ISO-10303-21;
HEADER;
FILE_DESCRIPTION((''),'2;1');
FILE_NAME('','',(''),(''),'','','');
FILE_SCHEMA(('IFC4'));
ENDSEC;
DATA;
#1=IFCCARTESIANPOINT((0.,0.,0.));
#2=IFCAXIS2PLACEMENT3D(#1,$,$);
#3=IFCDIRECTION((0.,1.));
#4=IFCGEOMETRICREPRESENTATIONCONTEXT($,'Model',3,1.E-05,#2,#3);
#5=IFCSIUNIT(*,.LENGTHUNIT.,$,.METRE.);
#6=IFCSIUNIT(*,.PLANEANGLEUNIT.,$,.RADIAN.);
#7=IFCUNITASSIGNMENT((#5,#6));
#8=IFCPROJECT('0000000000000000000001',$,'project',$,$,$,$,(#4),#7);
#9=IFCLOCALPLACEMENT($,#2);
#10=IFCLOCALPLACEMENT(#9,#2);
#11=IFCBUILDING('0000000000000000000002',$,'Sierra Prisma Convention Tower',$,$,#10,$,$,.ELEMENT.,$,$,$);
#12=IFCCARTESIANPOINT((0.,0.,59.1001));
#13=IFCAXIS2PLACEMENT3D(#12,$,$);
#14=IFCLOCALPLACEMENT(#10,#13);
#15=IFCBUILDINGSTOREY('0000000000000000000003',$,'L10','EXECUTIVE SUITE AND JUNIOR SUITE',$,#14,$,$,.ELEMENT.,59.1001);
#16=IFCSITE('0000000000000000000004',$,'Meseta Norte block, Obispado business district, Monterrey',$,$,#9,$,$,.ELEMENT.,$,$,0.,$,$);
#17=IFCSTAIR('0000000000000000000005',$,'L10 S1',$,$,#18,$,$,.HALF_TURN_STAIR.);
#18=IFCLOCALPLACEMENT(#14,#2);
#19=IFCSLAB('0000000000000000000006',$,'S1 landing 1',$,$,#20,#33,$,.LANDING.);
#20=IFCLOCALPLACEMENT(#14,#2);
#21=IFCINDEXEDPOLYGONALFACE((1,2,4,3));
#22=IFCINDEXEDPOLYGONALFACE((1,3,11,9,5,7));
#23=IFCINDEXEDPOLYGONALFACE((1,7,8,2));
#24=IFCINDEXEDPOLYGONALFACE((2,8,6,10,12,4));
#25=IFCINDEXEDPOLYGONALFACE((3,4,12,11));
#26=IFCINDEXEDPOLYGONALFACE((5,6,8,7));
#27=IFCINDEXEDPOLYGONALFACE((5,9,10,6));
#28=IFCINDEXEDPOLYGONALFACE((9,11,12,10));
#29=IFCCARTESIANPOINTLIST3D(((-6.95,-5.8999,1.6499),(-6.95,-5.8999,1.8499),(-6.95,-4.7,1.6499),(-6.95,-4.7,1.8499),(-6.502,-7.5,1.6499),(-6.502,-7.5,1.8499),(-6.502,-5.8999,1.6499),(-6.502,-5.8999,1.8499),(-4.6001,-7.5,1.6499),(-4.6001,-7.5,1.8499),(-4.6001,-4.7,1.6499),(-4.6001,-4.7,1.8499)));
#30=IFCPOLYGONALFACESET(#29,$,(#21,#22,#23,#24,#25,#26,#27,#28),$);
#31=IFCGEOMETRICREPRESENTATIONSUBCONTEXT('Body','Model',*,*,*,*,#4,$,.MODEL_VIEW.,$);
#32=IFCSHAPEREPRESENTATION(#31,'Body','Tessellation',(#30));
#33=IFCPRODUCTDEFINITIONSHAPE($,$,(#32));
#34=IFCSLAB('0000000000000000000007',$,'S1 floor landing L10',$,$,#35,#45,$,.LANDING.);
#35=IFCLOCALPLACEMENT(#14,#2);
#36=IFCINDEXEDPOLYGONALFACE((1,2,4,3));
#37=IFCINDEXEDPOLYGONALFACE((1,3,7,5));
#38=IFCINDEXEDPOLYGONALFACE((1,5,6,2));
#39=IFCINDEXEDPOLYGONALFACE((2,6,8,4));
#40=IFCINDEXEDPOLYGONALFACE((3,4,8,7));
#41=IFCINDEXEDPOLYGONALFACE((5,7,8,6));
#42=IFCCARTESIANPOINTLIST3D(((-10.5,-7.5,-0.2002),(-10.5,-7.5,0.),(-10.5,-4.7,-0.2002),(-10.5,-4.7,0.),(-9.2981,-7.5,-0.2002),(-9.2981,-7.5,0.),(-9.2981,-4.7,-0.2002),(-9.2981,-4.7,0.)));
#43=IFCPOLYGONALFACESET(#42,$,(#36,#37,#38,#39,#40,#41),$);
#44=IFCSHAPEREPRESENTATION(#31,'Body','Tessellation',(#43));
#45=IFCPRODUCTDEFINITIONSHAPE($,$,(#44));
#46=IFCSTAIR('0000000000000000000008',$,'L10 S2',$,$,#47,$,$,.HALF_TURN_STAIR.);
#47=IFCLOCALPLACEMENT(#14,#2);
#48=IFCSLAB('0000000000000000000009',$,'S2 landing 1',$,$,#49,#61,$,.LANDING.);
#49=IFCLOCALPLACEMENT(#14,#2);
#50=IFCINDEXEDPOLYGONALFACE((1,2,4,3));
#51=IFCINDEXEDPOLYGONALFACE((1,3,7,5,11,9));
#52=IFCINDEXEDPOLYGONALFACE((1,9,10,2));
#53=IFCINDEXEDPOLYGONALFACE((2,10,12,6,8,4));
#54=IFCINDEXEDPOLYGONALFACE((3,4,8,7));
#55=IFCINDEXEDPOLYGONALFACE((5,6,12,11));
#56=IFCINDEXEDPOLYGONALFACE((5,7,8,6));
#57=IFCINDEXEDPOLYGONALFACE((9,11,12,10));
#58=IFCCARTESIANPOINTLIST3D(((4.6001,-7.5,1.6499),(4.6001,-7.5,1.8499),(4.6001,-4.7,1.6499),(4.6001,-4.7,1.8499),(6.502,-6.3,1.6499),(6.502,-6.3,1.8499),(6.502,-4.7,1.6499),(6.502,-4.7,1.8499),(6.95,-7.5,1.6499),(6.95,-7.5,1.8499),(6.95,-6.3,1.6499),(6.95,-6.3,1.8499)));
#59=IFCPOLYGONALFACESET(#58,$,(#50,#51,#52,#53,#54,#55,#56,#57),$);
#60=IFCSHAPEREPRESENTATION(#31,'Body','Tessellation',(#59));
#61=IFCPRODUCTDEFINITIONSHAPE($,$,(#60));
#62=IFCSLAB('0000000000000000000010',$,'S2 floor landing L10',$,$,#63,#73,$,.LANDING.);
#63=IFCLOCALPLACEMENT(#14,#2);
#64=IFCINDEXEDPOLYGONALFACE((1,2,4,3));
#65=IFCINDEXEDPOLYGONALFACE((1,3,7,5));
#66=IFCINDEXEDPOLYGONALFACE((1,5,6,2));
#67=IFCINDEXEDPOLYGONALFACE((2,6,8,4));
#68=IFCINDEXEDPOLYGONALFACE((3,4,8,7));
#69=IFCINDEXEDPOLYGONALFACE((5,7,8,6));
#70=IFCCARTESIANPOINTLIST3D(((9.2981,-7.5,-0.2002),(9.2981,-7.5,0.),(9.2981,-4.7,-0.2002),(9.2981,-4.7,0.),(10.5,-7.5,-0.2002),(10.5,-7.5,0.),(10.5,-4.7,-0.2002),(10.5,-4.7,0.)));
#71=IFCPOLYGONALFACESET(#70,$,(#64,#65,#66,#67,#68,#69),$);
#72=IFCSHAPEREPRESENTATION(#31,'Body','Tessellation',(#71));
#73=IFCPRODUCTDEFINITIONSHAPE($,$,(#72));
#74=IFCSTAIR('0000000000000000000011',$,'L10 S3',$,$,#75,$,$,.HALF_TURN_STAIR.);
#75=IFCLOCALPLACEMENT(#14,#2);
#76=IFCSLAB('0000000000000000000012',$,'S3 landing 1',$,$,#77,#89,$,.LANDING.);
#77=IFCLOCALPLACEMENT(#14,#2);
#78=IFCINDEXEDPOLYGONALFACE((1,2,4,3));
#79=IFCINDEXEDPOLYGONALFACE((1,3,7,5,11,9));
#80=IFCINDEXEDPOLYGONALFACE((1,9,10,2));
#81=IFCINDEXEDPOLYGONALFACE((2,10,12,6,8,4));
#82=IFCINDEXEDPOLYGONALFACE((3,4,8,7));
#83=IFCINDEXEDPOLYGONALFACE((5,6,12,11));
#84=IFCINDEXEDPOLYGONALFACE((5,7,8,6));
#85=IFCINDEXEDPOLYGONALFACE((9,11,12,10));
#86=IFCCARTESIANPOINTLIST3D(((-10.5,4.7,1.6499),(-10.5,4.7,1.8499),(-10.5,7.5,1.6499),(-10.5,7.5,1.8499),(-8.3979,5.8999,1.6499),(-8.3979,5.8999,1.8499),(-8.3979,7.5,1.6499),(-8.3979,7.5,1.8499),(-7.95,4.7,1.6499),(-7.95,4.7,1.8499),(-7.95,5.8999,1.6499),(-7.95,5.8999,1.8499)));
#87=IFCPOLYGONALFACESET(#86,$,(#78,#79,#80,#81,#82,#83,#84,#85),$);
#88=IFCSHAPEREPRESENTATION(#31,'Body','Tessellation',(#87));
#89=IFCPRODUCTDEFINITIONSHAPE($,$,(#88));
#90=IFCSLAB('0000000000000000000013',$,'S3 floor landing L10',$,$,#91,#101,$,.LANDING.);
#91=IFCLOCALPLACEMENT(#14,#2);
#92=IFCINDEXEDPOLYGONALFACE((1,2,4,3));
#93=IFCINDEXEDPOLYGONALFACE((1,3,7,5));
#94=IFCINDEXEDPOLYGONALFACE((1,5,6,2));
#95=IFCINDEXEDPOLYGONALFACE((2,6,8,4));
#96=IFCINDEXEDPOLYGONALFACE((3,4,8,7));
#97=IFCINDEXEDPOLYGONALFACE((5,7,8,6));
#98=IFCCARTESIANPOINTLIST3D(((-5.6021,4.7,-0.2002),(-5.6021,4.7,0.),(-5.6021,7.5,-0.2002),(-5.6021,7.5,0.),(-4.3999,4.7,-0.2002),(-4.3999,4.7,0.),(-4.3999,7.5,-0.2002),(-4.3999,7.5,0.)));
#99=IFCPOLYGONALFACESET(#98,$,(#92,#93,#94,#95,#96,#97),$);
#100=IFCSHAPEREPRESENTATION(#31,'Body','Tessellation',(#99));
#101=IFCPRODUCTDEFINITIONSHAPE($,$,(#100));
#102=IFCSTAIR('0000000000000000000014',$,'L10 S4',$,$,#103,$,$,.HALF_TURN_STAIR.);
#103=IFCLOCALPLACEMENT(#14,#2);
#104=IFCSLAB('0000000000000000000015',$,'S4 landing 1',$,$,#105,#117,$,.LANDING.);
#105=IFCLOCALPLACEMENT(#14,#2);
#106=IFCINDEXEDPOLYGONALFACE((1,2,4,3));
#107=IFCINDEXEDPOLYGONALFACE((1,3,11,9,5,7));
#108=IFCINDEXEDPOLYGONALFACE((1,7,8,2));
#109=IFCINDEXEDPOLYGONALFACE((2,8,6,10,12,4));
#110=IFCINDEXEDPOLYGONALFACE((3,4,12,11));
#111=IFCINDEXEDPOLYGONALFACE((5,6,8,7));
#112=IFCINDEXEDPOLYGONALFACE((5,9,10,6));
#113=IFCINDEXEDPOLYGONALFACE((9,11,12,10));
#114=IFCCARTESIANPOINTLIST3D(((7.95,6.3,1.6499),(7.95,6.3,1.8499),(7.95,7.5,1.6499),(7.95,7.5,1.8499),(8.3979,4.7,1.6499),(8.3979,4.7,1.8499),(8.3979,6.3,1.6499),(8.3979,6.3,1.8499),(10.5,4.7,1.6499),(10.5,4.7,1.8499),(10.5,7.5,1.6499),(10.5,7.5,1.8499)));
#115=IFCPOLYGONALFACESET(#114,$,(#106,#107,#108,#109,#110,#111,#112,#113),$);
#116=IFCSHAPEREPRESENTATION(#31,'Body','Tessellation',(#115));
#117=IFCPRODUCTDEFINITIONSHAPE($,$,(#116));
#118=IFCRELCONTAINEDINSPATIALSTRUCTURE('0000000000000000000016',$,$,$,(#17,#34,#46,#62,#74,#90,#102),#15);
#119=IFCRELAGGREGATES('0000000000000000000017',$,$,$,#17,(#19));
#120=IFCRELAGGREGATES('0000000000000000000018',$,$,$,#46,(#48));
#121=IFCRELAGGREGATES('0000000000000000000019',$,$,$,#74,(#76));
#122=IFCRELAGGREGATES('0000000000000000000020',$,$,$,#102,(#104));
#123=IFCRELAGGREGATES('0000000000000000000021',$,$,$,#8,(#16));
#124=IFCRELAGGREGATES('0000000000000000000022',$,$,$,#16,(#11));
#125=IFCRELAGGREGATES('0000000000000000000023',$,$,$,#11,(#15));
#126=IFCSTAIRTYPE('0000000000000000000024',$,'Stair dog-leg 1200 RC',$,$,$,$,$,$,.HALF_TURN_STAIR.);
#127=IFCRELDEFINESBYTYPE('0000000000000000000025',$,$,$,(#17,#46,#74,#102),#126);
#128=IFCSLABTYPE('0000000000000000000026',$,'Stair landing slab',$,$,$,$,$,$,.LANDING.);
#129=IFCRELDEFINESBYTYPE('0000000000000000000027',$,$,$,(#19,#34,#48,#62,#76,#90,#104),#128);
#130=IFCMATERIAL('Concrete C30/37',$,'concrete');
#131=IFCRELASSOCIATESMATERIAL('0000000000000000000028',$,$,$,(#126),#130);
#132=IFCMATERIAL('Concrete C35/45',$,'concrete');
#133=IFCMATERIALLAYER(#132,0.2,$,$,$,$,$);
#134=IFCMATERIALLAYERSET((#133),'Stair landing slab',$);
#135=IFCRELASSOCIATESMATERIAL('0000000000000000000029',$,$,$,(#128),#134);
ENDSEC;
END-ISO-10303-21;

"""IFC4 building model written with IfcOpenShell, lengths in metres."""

from ifc_helpers import new_model, si_unit, direction, frame, origin, place, context, subcontext, project, spatial, polyline, outline, extrude, material, layer, layer_set, type_object, element, aggregate, save


model = new_model("IFC4")

# Units and contexts
model_context = context("Model", 3, precision=1e-05, world=origin(), true_north=direction((0.0, 1.0)))
body_context = subcontext(model_context, "Body", "Model", "MODEL_VIEW")
ifc_project = project(units=[si_unit("LENGTHUNIT", "METRE"), si_unit("PLANEANGLEUNIT", "RADIAN")], contexts=[model_context])

# Site, building, storey
site_placement = place(None, origin())
site = spatial("IfcSite", under=ifc_project, at=site_placement, Name="Meseta Norte block, Obispado business district, Monterrey", CompositionType="ELEMENT", RefElevation=0.0)
building_placement = place(site_placement, origin())
building = spatial("IfcBuilding", under=site, at=building_placement, Name="Sierra Prisma Convention Tower", CompositionType="ELEMENT")
storey_placement = place(building_placement, frame((0.0, 0.0, 59.1001)))
storey = spatial("IfcBuildingStorey", under=building, at=storey_placement, Name="L10", Description="EXECUTIVE SUITE AND JUNIOR SUITE", CompositionType="ELEMENT", Elevation=59.1001)

# Stair, slab
ifc_material_1 = material(Name="Concrete C30/37", Category="concrete")
stair_type = type_object("IfcStairType", Name="Stair dog-leg 1200 RC", PredefinedType="HALF_TURN_STAIR", material=ifc_material_1)
stair_1_placement = place(storey_placement, origin())
stair_1 = element("IfcStair", 1, at=stair_1_placement, inside=storey, type_object=stair_type, Name="L10 S1", PredefinedType="HALF_TURN_STAIR")
ifc_material_2 = material(Name="Concrete C35/45", Category="concrete")
ifc_layer_1 = layer(ifc_material_2, 0.2)
ifc_layer_set_1 = layer_set([ifc_layer_1], Name="Stair landing slab")
slab_type_1 = type_object("IfcSlabType", Name="Stair landing slab", PredefinedType="LANDING", material=ifc_layer_set_1)
slab_1_placement = place(storey_placement, frame((0.0, 0.0, 1.6499)))
slab_1 = element("IfcSlab", 2, at=slab_1_placement, type_object=slab_type_1, Name="S1 landing 1", PredefinedType="LANDING", context=body_context, shape_type="SweptSolid", body=[
    extrude(outline(polyline([(-4.6001, -4.7), (-4.6001, -7.5), (-6.502, -7.5), (-6.502, -5.8999), (-6.95, -5.8999), (-6.95, -4.7), (-4.6001, -4.7)])), origin(), (0.0, 0.0, 1.0), 0.2),
])
aggregate(stair_1, [slab_1])

# Slab
slab_2_placement = place(storey_placement, frame((0.0, 0.0, -0.2002)))
element("IfcSlab", 3, at=slab_2_placement, inside=storey, type_object=slab_type_1, Name="S1 floor landing L10", PredefinedType="LANDING", context=body_context, shape_type="SweptSolid", body=[
    extrude(outline(polyline([(-10.5, -7.5), (-9.2981, -7.5), (-9.2981, -4.7), (-10.5, -4.7), (-10.5, -7.5)])), origin(), (0.0, 0.0, 1.0), 0.2002),
])

# Stair, slab
stair_2_placement = place(storey_placement, origin())
stair_2 = element("IfcStair", 4, at=stair_2_placement, inside=storey, type_object=stair_type, Name="L10 S2", PredefinedType="HALF_TURN_STAIR")
slab_3_placement = place(storey_placement, frame((0.0, 0.0, 1.6499)))
slab_3 = element("IfcSlab", 5, at=slab_3_placement, type_object=slab_type_1, Name="S2 landing 1", PredefinedType="LANDING", context=body_context, shape_type="SweptSolid", body=[
    extrude(outline(polyline([(6.95, -6.3), (6.95, -7.5), (4.6001, -7.5), (4.6001, -4.7), (6.502, -4.7), (6.502, -6.3), (6.95, -6.3)])), origin(), (0.0, 0.0, 1.0), 0.2),
])
aggregate(stair_2, [slab_3])

# Slab
slab_4_placement = place(storey_placement, frame((0.0, 0.0, -0.2002)))
element("IfcSlab", 6, at=slab_4_placement, inside=storey, type_object=slab_type_1, Name="S2 floor landing L10", PredefinedType="LANDING", context=body_context, shape_type="SweptSolid", body=[
    extrude(outline(polyline([(10.5, -4.7), (9.2981, -4.7), (9.2981, -7.5), (10.5, -7.5), (10.5, -4.7)])), origin(), (0.0, 0.0, 1.0), 0.2002),
])

# Stair, slab
stair_3_placement = place(storey_placement, origin())
stair_3 = element("IfcStair", 7, at=stair_3_placement, inside=storey, type_object=stair_type, Name="L10 S3", PredefinedType="HALF_TURN_STAIR")
slab_5_placement = place(storey_placement, frame((0.0, 0.0, 1.6499)))
slab_5 = element("IfcSlab", 8, at=slab_5_placement, type_object=slab_type_1, Name="S3 landing 1", PredefinedType="LANDING", context=body_context, shape_type="SweptSolid", body=[
    extrude(outline(polyline([(-7.95, 5.8999), (-7.95, 4.7), (-10.5, 4.7), (-10.5, 7.5), (-8.3979, 7.5), (-8.3979, 5.8999), (-7.95, 5.8999)])), origin(), (0.0, 0.0, 1.0), 0.2),
])
aggregate(stair_3, [slab_5])

# Slab
slab_6_placement = place(storey_placement, frame((0.0, 0.0, -0.2002)))
element("IfcSlab", 9, at=slab_6_placement, inside=storey, type_object=slab_type_1, Name="S3 floor landing L10", PredefinedType="LANDING", context=body_context, shape_type="SweptSolid", body=[
    extrude(outline(polyline([(-4.3999, 7.5), (-5.6021, 7.5), (-5.6021, 4.7), (-4.3999, 4.7), (-4.3999, 7.5)])), origin(), (0.0, 0.0, 1.0), 0.2002),
])

# Stair, slab
stair_4_placement = place(storey_placement, origin())
stair_4 = element("IfcStair", 10, at=stair_4_placement, inside=storey, type_object=stair_type, Name="L10 S4", PredefinedType="HALF_TURN_STAIR")
slab_7_placement = place(storey_placement, frame((0.0, 0.0, 1.6499)))
slab_7 = element("IfcSlab", 11, at=slab_7_placement, type_object=slab_type_1, Name="S4 landing 1", PredefinedType="LANDING", context=body_context, shape_type="SweptSolid", body=[
    extrude(outline(polyline([(10.5, 7.5), (10.5, 4.7), (8.3979, 4.7), (8.3979, 6.3), (7.95, 6.3), (7.95, 7.5), (10.5, 7.5)])), origin(), (0.0, 0.0, 1.0), 0.2),
])
aggregate(stair_4, [slab_7])

save(model, "model.ifc")
